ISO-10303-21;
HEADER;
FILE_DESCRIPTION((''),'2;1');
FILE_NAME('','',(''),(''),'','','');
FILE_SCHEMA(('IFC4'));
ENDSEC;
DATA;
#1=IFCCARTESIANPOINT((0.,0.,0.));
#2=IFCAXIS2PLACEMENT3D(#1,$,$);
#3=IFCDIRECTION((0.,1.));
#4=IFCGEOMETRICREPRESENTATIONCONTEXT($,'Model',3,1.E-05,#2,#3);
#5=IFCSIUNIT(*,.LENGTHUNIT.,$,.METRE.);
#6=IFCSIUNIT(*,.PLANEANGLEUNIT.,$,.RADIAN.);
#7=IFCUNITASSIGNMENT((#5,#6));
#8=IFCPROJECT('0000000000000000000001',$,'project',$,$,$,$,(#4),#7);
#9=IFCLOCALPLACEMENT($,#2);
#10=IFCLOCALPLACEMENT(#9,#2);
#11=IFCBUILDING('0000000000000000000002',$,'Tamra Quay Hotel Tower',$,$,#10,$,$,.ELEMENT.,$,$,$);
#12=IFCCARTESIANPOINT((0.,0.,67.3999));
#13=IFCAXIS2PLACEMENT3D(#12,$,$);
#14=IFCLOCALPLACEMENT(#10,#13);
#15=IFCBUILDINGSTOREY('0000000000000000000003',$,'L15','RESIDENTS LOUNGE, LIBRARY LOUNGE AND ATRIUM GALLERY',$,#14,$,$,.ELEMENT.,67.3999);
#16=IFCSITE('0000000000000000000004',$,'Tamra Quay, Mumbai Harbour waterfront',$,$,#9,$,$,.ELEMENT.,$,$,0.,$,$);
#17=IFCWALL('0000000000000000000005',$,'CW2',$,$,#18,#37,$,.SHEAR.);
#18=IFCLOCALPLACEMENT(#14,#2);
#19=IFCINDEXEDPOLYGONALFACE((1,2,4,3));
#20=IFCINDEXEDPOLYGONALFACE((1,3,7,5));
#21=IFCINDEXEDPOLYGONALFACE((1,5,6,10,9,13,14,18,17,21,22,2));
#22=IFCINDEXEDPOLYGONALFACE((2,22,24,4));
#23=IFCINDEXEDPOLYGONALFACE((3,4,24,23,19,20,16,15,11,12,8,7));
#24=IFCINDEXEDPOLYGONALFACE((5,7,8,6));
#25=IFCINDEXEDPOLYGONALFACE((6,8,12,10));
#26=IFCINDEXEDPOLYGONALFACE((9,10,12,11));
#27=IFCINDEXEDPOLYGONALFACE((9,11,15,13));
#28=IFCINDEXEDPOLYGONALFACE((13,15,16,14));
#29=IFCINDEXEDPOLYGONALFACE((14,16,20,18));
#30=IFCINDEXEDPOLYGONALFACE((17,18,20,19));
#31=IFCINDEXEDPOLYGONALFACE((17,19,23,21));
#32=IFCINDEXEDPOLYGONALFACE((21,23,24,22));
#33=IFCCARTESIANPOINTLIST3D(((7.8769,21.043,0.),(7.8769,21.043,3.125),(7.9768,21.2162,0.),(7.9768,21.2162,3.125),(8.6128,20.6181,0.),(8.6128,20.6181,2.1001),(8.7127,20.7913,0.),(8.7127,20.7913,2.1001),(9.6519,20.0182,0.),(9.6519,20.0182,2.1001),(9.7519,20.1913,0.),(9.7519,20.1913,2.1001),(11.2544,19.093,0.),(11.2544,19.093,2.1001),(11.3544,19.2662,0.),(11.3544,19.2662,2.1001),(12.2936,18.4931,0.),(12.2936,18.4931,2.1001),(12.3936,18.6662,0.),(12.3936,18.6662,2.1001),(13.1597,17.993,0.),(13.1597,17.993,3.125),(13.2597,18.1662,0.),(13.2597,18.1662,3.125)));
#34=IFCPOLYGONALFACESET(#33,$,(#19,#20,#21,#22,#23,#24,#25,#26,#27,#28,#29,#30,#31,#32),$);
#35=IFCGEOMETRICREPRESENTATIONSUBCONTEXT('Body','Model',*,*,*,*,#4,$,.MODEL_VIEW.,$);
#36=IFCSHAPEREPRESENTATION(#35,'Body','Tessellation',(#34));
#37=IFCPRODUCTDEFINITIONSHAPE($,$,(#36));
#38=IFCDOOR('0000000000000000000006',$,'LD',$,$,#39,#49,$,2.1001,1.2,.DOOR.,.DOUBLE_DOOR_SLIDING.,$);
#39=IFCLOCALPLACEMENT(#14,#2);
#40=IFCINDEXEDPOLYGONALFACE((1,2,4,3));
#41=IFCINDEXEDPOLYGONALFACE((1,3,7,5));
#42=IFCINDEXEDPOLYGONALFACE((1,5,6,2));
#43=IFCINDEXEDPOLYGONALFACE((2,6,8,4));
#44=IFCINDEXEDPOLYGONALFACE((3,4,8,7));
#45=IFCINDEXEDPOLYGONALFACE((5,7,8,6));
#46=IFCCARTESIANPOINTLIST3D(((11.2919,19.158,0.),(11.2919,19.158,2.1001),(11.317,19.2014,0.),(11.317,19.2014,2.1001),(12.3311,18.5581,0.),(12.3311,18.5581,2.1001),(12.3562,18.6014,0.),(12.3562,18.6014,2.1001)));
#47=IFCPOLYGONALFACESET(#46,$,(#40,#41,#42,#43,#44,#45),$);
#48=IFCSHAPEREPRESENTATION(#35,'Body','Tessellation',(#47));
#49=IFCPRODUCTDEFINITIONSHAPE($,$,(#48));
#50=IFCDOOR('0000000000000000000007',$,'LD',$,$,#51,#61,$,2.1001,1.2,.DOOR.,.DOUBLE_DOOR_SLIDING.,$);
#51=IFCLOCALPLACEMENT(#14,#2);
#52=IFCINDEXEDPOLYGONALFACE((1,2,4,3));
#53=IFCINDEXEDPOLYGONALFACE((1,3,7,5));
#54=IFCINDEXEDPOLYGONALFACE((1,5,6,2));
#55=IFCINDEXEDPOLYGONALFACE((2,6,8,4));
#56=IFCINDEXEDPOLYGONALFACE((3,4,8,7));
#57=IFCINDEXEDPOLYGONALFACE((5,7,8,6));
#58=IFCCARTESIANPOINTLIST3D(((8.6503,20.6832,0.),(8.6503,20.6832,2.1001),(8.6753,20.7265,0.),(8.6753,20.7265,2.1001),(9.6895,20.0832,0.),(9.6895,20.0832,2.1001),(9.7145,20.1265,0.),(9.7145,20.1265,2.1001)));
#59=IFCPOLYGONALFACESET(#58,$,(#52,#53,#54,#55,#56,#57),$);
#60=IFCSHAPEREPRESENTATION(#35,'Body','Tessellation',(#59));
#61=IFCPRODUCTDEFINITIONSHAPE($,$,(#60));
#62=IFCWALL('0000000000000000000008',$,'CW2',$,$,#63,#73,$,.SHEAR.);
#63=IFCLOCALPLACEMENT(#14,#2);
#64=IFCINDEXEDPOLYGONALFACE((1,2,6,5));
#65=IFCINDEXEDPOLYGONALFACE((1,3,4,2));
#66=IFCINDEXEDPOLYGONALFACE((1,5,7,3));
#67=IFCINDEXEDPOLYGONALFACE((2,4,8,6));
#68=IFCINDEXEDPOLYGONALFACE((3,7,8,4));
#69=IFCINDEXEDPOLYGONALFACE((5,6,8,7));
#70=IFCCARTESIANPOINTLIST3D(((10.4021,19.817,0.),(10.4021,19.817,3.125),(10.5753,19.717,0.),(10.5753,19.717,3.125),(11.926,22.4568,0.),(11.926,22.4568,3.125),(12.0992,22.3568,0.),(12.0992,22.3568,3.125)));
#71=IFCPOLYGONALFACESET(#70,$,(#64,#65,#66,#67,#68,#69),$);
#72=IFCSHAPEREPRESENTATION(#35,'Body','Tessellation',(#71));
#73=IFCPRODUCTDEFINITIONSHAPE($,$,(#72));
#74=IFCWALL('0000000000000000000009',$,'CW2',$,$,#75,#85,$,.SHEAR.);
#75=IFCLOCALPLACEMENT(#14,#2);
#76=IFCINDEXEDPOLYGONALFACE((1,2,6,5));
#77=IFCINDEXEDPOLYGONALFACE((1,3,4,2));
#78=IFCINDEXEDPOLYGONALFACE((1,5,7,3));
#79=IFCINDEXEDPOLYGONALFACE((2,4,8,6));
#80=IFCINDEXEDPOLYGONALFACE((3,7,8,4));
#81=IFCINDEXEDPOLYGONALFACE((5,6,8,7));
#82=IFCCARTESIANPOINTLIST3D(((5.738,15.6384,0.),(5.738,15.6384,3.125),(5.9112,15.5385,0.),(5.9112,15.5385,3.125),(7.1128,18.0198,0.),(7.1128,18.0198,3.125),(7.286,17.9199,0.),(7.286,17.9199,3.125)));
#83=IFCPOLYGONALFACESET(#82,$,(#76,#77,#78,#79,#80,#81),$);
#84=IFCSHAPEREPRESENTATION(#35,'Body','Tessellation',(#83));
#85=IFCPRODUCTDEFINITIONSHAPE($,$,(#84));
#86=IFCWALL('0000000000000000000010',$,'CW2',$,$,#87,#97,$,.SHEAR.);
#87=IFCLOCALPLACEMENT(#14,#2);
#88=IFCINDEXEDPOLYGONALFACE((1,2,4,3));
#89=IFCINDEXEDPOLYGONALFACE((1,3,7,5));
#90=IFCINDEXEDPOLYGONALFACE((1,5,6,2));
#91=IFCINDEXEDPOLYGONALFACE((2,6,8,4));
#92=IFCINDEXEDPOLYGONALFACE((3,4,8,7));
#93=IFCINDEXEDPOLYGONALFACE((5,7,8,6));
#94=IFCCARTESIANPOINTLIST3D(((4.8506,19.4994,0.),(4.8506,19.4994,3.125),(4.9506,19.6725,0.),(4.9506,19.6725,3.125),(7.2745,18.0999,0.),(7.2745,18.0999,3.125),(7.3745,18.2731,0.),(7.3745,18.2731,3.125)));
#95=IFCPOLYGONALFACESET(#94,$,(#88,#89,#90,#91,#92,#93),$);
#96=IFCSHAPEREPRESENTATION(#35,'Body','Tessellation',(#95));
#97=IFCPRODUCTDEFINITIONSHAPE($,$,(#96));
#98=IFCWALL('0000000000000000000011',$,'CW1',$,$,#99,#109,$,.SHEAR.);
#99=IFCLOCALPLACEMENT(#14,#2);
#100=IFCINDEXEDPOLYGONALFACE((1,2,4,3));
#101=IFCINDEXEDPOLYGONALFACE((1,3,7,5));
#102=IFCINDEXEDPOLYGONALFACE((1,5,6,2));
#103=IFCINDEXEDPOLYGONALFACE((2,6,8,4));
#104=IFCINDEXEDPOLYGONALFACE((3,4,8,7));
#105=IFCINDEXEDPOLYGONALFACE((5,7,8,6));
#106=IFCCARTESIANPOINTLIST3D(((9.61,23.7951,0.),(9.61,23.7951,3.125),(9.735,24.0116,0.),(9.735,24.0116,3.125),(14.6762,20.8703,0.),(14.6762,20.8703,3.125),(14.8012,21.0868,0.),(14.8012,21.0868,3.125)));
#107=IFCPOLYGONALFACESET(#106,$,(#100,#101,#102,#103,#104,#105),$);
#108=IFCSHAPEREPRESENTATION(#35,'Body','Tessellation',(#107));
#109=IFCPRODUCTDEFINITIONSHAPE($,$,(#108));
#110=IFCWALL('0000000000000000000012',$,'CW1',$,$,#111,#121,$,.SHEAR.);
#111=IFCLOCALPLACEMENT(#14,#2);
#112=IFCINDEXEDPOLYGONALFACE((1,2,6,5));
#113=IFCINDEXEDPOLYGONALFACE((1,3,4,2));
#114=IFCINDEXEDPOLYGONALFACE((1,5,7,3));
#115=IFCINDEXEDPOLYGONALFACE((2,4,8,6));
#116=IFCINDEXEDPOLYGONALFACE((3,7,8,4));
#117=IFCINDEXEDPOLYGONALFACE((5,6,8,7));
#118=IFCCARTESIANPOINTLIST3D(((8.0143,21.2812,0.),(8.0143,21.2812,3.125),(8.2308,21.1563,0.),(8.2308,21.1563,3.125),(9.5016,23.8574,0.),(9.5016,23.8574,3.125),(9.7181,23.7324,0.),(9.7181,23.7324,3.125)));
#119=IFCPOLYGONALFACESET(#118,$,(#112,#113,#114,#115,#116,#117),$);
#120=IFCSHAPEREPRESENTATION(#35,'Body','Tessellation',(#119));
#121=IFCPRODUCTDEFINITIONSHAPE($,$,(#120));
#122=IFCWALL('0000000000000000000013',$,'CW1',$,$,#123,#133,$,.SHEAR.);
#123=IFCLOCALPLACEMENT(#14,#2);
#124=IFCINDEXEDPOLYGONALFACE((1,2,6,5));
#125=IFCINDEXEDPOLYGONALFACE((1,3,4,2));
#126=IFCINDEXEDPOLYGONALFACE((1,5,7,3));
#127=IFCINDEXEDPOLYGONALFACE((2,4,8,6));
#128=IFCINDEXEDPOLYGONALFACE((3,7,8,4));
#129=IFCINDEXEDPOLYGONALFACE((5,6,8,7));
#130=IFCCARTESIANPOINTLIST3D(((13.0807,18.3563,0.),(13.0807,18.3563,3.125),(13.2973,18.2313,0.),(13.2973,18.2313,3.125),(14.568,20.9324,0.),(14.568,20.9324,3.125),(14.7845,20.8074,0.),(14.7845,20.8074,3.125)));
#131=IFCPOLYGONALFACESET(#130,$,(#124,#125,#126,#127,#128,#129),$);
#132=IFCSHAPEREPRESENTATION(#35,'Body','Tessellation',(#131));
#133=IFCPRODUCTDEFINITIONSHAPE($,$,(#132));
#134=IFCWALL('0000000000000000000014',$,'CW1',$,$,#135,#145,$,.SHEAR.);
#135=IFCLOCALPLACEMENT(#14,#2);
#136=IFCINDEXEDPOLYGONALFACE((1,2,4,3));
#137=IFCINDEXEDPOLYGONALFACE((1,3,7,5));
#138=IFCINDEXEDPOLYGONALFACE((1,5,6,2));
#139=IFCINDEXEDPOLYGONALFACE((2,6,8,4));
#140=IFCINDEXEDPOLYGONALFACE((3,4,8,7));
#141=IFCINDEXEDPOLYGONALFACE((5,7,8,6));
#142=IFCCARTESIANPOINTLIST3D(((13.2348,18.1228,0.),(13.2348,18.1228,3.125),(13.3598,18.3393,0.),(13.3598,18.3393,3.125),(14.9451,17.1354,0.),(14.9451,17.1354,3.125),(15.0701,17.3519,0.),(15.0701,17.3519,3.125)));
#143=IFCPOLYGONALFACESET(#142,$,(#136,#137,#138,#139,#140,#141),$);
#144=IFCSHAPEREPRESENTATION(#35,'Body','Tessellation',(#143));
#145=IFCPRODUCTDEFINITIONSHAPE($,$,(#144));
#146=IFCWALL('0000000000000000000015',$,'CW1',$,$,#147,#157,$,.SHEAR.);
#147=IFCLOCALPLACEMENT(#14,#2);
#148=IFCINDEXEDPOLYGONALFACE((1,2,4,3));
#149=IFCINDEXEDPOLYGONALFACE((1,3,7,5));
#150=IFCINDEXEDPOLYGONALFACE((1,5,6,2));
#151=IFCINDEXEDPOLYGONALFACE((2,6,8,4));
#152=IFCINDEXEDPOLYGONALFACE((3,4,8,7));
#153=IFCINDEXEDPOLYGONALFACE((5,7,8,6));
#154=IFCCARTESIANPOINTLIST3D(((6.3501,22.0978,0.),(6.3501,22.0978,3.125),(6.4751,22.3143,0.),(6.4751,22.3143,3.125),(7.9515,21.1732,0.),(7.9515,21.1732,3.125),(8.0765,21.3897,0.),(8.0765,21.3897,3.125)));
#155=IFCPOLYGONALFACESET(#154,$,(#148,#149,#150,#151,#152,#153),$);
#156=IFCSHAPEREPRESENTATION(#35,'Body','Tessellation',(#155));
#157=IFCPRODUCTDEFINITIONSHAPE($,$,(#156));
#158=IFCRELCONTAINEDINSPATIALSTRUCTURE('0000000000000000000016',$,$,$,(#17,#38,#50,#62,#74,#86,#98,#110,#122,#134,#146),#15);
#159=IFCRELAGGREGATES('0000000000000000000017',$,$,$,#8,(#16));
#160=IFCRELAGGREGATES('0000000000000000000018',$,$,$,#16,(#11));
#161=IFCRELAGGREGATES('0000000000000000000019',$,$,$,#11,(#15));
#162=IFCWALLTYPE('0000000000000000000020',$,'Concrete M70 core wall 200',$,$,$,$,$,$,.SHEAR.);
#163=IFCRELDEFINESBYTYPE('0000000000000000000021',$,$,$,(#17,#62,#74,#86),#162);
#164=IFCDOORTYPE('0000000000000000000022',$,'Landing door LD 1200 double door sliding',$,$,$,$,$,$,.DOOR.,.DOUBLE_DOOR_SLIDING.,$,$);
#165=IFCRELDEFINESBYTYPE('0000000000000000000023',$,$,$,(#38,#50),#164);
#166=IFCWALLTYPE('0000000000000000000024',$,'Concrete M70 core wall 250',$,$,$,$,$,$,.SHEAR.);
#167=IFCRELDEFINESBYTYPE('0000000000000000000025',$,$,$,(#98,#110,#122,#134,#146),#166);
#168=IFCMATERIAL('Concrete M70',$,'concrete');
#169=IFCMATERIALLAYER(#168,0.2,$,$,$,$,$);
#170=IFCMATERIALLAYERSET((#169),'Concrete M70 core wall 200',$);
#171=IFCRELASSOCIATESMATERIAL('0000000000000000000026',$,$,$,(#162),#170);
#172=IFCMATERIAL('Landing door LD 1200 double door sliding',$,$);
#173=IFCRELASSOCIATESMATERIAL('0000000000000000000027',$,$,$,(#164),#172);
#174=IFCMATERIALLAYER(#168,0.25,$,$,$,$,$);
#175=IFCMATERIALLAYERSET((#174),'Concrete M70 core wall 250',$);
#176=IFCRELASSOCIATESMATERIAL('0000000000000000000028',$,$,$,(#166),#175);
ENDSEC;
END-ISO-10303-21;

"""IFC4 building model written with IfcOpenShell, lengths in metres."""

from ifc_helpers import new_model, si_unit, direction, frame, frame_2d, origin, place, context, subcontext, project, spatial, rectangle, extrude, material, layer, layer_set, type_object, element, fill, save


model = new_model("IFC4")

# Units and contexts
model_context = context("Model", 3, precision=1e-05, world=origin(), true_north=direction((0.0, 1.0)))
body_context = subcontext(model_context, "Body", "Model", "MODEL_VIEW")
ifc_project = project(units=[si_unit("LENGTHUNIT", "METRE"), si_unit("PLANEANGLEUNIT", "RADIAN")], contexts=[model_context])

# Site, building, storey
site_placement = place(None, origin())
site = spatial("IfcSite", under=ifc_project, at=site_placement, Name="Tamra Quay, Mumbai Harbour waterfront", CompositionType="ELEMENT", RefElevation=0.0)
building_placement = place(site_placement, origin())
building = spatial("IfcBuilding", under=site, at=building_placement, Name="Tamra Quay Hotel Tower", CompositionType="ELEMENT")
storey_placement = place(building_placement, frame((0.0, 0.0, 67.3999)))
storey = spatial("IfcBuildingStorey", under=building, at=storey_placement, Name="L15", Description="RESIDENTS LOUNGE, LIBRARY LOUNGE AND ATRIUM GALLERY", CompositionType="ELEMENT", Elevation=67.3999)

# Shared definitions
ifc_material_1 = material(Name="Concrete M70", Category="concrete")

# Wall, openings, doors
ifc_layer_1 = layer(ifc_material_1, 0.2)
ifc_layer_set_1 = layer_set([ifc_layer_1], Name="Concrete M70 core wall 200")
wall_type_1 = type_object("IfcWallType", Name="Concrete M70 core wall 200", PredefinedType="SHEAR", material=ifc_layer_set_1)
wall_1_placement = place(storey_placement, frame((13.2097, 18.0796, 0.0), z_axis=(0.0, 0.0, 1.0), x_axis=(-0.86603, 0.499992, 0.0)))
wall_1 = element("IfcWall", 1, at=wall_1_placement, inside=storey, type_object=wall_type_1, Name="CW2", PredefinedType="SHEAR", context=body_context, shape_type="SweptSolid", body=[
    extrude(rectangle(XDim=6.1001, YDim=0.2, at=frame_2d((3.05, 0.0))), origin(), (0.0, 0.0, 1.0), 3.125),
])
opening_1_placement = place(wall_1_placement, frame((1.0, 0.0, 0.0)))
opening_1 = element("IfcOpeningElement", 2, at=opening_1_placement, cuts=wall_1, PredefinedType="OPENING", context=body_context, shape_type="SweptSolid", body=[
    extrude(rectangle(XDim=1.2, YDim=2.1001, at=frame_2d((0.6001, 1.05))), frame((0.0, 0.1099, 0.0), z_axis=(0.0, -1.0, 0.0), x_axis=(1.0, 0.0, 0.0)), (0.0, 0.0, 1.0), 0.22),
])
opening_2_placement = place(wall_1_placement, frame((4.0503, 0.0, 0.0)))
opening_2 = element("IfcOpeningElement", 3, at=opening_2_placement, cuts=wall_1, PredefinedType="OPENING", context=body_context, shape_type="SweptSolid", body=[
    extrude(rectangle(XDim=1.2, YDim=2.1001, at=frame_2d((0.6001, 1.05))), frame((0.0, 0.1099, 0.0), z_axis=(0.0, -1.0, 0.0), x_axis=(1.0, 0.0, 0.0)), (0.0, 0.0, 1.0), 0.22),
])
ifc_material_2 = material(Name="Landing door LD 1200 double door sliding")
door_type = type_object("IfcDoorType", Name="Landing door LD 1200 double door sliding", OperationType="DOUBLE_DOOR_SLIDING", PredefinedType="DOOR", material=ifc_material_2)
door_1_placement = place(opening_1_placement, origin())
door_1 = element("IfcDoor", 4, at=door_1_placement, inside=storey, type_object=door_type, Name="LD", OperationType="DOUBLE_DOOR_SLIDING", OverallHeight=2.1001, OverallWidth=1.2, PredefinedType="DOOR", context=body_context, shape_type="SweptSolid", body=[
    extrude(rectangle(XDim=1.2, YDim=2.1001, at=frame_2d((0.6001, 1.05))), frame((0.0, 0.0249, 0.0), z_axis=(0.0, -1.0, 0.0), x_axis=(1.0, 0.0, 0.0)), (0.0, 0.0, 1.0), 0.05),
])
fill(opening_1, door_1)
door_2_placement = place(opening_2_placement, origin())
door_2 = element("IfcDoor", 5, at=door_2_placement, inside=storey, type_object=door_type, Name="LD", OperationType="DOUBLE_DOOR_SLIDING", OverallHeight=2.1001, OverallWidth=1.2, PredefinedType="DOOR", context=body_context, shape_type="SweptSolid", body=[
    extrude(rectangle(XDim=1.2, YDim=2.1001, at=frame_2d((0.6001, 1.05))), frame((0.0, 0.0249, 0.0), z_axis=(0.0, -1.0, 0.0), x_axis=(1.0, 0.0, 0.0)), (0.0, 0.0, 1.0), 0.05),
])
fill(opening_2, door_2)

# Walls
wall_2_placement = place(storey_placement, frame((10.4888, 19.7671, 0.0), z_axis=(0.0, 0.0, 1.0), x_axis=(0.499947, 0.866056, 0.0)))
element("IfcWall", 6, at=wall_2_placement, inside=storey, type_object=wall_type_1, Name="CW2", PredefinedType="SHEAR", context=body_context, shape_type="SweptSolid", body=[
    extrude(rectangle(XDim=3.0481, YDim=0.2, at=frame_2d((1.5239, 0.0))), origin(), (0.0, 0.0, 1.0), 3.125),
])
wall_3_placement = place(storey_placement, frame((7.1995, 17.97, 0.0), z_axis=(0.0, 0.0, 1.0), x_axis=(-0.499968, -0.866044, 0.0)))
element("IfcWall", 7, at=wall_3_placement, inside=storey, type_object=wall_type_1, Name="CW2", PredefinedType="SHEAR", context=body_context, shape_type="SweptSolid", body=[
    extrude(rectangle(XDim=2.7498, YDim=0.2, at=frame_2d((1.375, 0.0))), origin(), (0.0, 0.0, 1.0), 3.125),
])
wall_4_placement = place(storey_placement, frame((4.9006, 19.5859, 0.0), z_axis=(0.0, 0.0, 1.0), x_axis=(0.866023, -0.500004, 0.0)))
element("IfcWall", 8, at=wall_4_placement, inside=storey, type_object=wall_type_1, Name="CW2", PredefinedType="SHEAR", context=body_context, shape_type="SweptSolid", body=[
    extrude(rectangle(XDim=2.7988, YDim=0.2, at=frame_2d((1.3994, 0.0))), origin(), (0.0, 0.0, 1.0), 3.125),
])
ifc_layer_2 = layer(ifc_material_1, 0.25)
ifc_layer_set_2 = layer_set([ifc_layer_2], Name="Concrete M70 core wall 250")
wall_type_2 = type_object("IfcWallType", Name="Concrete M70 core wall 250", PredefinedType="SHEAR", material=ifc_layer_set_2)
wall_5_placement = place(storey_placement, frame((9.6726, 23.9033, 0.0), z_axis=(0.0, 0.0, 1.0), x_axis=(0.866036, -0.499981, 0.0)))
element("IfcWall", 9, at=wall_5_placement, inside=storey, type_object=wall_type_2, Name="CW1", PredefinedType="SHEAR", context=body_context, shape_type="SweptSolid", body=[
    extrude(rectangle(XDim=5.8499, YDim=0.25, at=frame_2d((2.9248, 0.0))), origin(), (0.0, 0.0, 1.0), 3.125),
])
for number, where, z_axis, x_axis, name in (
    (10, (8.1226, 21.2188, 0.0), (0.0, 0.0, 1.0), (0.499988, 0.866033, 0.0), "CW1"),
    (11, (14.6763, 20.8699, 0.0), (0.0, 0.0, 1.0), (-0.499988, -0.866033, 0.0), "CW1"),
):
    element("IfcWall", number, at=place(storey_placement, frame(where, z_axis=z_axis, x_axis=x_axis)), inside=storey, type_object=wall_type_2, Name=name, PredefinedType="SHEAR", context=body_context, shape_type="SweptSolid", body=[
        extrude(rectangle(XDim=2.9746, YDim=0.25, at=frame_2d((1.4873, 0.0))), origin(), (0.0, 0.0, 1.0), 3.125),
    ])
wall_6_placement = place(storey_placement, frame((13.2974, 18.231, 0.0), z_axis=(0.0, 0.0, 1.0), x_axis=(0.866044, -0.499969, 0.0)))
element("IfcWall", 12, at=wall_6_placement, inside=storey, type_object=wall_type_2, Name="CW1", PredefinedType="SHEAR", context=body_context, shape_type="SweptSolid", body=[
    extrude(rectangle(XDim=1.9749, YDim=0.25, at=frame_2d((0.9873, 0.0))), origin(), (0.0, 0.0, 1.0), 3.125),
])
wall_7_placement = place(storey_placement, frame((6.4126, 22.2061, 0.0), z_axis=(0.0, 0.0, 1.0), x_axis=(0.866016, -0.500016, 0.0)))
element("IfcWall", 13, at=wall_7_placement, inside=storey, type_object=wall_type_2, Name="CW1", PredefinedType="SHEAR", context=body_context, shape_type="SweptSolid", body=[
    extrude(rectangle(XDim=1.8491, YDim=0.25, at=frame_2d((0.9246, 0.0))), origin(), (0.0, 0.0, 1.0), 3.125),
])

save(model, "model.ifc")
